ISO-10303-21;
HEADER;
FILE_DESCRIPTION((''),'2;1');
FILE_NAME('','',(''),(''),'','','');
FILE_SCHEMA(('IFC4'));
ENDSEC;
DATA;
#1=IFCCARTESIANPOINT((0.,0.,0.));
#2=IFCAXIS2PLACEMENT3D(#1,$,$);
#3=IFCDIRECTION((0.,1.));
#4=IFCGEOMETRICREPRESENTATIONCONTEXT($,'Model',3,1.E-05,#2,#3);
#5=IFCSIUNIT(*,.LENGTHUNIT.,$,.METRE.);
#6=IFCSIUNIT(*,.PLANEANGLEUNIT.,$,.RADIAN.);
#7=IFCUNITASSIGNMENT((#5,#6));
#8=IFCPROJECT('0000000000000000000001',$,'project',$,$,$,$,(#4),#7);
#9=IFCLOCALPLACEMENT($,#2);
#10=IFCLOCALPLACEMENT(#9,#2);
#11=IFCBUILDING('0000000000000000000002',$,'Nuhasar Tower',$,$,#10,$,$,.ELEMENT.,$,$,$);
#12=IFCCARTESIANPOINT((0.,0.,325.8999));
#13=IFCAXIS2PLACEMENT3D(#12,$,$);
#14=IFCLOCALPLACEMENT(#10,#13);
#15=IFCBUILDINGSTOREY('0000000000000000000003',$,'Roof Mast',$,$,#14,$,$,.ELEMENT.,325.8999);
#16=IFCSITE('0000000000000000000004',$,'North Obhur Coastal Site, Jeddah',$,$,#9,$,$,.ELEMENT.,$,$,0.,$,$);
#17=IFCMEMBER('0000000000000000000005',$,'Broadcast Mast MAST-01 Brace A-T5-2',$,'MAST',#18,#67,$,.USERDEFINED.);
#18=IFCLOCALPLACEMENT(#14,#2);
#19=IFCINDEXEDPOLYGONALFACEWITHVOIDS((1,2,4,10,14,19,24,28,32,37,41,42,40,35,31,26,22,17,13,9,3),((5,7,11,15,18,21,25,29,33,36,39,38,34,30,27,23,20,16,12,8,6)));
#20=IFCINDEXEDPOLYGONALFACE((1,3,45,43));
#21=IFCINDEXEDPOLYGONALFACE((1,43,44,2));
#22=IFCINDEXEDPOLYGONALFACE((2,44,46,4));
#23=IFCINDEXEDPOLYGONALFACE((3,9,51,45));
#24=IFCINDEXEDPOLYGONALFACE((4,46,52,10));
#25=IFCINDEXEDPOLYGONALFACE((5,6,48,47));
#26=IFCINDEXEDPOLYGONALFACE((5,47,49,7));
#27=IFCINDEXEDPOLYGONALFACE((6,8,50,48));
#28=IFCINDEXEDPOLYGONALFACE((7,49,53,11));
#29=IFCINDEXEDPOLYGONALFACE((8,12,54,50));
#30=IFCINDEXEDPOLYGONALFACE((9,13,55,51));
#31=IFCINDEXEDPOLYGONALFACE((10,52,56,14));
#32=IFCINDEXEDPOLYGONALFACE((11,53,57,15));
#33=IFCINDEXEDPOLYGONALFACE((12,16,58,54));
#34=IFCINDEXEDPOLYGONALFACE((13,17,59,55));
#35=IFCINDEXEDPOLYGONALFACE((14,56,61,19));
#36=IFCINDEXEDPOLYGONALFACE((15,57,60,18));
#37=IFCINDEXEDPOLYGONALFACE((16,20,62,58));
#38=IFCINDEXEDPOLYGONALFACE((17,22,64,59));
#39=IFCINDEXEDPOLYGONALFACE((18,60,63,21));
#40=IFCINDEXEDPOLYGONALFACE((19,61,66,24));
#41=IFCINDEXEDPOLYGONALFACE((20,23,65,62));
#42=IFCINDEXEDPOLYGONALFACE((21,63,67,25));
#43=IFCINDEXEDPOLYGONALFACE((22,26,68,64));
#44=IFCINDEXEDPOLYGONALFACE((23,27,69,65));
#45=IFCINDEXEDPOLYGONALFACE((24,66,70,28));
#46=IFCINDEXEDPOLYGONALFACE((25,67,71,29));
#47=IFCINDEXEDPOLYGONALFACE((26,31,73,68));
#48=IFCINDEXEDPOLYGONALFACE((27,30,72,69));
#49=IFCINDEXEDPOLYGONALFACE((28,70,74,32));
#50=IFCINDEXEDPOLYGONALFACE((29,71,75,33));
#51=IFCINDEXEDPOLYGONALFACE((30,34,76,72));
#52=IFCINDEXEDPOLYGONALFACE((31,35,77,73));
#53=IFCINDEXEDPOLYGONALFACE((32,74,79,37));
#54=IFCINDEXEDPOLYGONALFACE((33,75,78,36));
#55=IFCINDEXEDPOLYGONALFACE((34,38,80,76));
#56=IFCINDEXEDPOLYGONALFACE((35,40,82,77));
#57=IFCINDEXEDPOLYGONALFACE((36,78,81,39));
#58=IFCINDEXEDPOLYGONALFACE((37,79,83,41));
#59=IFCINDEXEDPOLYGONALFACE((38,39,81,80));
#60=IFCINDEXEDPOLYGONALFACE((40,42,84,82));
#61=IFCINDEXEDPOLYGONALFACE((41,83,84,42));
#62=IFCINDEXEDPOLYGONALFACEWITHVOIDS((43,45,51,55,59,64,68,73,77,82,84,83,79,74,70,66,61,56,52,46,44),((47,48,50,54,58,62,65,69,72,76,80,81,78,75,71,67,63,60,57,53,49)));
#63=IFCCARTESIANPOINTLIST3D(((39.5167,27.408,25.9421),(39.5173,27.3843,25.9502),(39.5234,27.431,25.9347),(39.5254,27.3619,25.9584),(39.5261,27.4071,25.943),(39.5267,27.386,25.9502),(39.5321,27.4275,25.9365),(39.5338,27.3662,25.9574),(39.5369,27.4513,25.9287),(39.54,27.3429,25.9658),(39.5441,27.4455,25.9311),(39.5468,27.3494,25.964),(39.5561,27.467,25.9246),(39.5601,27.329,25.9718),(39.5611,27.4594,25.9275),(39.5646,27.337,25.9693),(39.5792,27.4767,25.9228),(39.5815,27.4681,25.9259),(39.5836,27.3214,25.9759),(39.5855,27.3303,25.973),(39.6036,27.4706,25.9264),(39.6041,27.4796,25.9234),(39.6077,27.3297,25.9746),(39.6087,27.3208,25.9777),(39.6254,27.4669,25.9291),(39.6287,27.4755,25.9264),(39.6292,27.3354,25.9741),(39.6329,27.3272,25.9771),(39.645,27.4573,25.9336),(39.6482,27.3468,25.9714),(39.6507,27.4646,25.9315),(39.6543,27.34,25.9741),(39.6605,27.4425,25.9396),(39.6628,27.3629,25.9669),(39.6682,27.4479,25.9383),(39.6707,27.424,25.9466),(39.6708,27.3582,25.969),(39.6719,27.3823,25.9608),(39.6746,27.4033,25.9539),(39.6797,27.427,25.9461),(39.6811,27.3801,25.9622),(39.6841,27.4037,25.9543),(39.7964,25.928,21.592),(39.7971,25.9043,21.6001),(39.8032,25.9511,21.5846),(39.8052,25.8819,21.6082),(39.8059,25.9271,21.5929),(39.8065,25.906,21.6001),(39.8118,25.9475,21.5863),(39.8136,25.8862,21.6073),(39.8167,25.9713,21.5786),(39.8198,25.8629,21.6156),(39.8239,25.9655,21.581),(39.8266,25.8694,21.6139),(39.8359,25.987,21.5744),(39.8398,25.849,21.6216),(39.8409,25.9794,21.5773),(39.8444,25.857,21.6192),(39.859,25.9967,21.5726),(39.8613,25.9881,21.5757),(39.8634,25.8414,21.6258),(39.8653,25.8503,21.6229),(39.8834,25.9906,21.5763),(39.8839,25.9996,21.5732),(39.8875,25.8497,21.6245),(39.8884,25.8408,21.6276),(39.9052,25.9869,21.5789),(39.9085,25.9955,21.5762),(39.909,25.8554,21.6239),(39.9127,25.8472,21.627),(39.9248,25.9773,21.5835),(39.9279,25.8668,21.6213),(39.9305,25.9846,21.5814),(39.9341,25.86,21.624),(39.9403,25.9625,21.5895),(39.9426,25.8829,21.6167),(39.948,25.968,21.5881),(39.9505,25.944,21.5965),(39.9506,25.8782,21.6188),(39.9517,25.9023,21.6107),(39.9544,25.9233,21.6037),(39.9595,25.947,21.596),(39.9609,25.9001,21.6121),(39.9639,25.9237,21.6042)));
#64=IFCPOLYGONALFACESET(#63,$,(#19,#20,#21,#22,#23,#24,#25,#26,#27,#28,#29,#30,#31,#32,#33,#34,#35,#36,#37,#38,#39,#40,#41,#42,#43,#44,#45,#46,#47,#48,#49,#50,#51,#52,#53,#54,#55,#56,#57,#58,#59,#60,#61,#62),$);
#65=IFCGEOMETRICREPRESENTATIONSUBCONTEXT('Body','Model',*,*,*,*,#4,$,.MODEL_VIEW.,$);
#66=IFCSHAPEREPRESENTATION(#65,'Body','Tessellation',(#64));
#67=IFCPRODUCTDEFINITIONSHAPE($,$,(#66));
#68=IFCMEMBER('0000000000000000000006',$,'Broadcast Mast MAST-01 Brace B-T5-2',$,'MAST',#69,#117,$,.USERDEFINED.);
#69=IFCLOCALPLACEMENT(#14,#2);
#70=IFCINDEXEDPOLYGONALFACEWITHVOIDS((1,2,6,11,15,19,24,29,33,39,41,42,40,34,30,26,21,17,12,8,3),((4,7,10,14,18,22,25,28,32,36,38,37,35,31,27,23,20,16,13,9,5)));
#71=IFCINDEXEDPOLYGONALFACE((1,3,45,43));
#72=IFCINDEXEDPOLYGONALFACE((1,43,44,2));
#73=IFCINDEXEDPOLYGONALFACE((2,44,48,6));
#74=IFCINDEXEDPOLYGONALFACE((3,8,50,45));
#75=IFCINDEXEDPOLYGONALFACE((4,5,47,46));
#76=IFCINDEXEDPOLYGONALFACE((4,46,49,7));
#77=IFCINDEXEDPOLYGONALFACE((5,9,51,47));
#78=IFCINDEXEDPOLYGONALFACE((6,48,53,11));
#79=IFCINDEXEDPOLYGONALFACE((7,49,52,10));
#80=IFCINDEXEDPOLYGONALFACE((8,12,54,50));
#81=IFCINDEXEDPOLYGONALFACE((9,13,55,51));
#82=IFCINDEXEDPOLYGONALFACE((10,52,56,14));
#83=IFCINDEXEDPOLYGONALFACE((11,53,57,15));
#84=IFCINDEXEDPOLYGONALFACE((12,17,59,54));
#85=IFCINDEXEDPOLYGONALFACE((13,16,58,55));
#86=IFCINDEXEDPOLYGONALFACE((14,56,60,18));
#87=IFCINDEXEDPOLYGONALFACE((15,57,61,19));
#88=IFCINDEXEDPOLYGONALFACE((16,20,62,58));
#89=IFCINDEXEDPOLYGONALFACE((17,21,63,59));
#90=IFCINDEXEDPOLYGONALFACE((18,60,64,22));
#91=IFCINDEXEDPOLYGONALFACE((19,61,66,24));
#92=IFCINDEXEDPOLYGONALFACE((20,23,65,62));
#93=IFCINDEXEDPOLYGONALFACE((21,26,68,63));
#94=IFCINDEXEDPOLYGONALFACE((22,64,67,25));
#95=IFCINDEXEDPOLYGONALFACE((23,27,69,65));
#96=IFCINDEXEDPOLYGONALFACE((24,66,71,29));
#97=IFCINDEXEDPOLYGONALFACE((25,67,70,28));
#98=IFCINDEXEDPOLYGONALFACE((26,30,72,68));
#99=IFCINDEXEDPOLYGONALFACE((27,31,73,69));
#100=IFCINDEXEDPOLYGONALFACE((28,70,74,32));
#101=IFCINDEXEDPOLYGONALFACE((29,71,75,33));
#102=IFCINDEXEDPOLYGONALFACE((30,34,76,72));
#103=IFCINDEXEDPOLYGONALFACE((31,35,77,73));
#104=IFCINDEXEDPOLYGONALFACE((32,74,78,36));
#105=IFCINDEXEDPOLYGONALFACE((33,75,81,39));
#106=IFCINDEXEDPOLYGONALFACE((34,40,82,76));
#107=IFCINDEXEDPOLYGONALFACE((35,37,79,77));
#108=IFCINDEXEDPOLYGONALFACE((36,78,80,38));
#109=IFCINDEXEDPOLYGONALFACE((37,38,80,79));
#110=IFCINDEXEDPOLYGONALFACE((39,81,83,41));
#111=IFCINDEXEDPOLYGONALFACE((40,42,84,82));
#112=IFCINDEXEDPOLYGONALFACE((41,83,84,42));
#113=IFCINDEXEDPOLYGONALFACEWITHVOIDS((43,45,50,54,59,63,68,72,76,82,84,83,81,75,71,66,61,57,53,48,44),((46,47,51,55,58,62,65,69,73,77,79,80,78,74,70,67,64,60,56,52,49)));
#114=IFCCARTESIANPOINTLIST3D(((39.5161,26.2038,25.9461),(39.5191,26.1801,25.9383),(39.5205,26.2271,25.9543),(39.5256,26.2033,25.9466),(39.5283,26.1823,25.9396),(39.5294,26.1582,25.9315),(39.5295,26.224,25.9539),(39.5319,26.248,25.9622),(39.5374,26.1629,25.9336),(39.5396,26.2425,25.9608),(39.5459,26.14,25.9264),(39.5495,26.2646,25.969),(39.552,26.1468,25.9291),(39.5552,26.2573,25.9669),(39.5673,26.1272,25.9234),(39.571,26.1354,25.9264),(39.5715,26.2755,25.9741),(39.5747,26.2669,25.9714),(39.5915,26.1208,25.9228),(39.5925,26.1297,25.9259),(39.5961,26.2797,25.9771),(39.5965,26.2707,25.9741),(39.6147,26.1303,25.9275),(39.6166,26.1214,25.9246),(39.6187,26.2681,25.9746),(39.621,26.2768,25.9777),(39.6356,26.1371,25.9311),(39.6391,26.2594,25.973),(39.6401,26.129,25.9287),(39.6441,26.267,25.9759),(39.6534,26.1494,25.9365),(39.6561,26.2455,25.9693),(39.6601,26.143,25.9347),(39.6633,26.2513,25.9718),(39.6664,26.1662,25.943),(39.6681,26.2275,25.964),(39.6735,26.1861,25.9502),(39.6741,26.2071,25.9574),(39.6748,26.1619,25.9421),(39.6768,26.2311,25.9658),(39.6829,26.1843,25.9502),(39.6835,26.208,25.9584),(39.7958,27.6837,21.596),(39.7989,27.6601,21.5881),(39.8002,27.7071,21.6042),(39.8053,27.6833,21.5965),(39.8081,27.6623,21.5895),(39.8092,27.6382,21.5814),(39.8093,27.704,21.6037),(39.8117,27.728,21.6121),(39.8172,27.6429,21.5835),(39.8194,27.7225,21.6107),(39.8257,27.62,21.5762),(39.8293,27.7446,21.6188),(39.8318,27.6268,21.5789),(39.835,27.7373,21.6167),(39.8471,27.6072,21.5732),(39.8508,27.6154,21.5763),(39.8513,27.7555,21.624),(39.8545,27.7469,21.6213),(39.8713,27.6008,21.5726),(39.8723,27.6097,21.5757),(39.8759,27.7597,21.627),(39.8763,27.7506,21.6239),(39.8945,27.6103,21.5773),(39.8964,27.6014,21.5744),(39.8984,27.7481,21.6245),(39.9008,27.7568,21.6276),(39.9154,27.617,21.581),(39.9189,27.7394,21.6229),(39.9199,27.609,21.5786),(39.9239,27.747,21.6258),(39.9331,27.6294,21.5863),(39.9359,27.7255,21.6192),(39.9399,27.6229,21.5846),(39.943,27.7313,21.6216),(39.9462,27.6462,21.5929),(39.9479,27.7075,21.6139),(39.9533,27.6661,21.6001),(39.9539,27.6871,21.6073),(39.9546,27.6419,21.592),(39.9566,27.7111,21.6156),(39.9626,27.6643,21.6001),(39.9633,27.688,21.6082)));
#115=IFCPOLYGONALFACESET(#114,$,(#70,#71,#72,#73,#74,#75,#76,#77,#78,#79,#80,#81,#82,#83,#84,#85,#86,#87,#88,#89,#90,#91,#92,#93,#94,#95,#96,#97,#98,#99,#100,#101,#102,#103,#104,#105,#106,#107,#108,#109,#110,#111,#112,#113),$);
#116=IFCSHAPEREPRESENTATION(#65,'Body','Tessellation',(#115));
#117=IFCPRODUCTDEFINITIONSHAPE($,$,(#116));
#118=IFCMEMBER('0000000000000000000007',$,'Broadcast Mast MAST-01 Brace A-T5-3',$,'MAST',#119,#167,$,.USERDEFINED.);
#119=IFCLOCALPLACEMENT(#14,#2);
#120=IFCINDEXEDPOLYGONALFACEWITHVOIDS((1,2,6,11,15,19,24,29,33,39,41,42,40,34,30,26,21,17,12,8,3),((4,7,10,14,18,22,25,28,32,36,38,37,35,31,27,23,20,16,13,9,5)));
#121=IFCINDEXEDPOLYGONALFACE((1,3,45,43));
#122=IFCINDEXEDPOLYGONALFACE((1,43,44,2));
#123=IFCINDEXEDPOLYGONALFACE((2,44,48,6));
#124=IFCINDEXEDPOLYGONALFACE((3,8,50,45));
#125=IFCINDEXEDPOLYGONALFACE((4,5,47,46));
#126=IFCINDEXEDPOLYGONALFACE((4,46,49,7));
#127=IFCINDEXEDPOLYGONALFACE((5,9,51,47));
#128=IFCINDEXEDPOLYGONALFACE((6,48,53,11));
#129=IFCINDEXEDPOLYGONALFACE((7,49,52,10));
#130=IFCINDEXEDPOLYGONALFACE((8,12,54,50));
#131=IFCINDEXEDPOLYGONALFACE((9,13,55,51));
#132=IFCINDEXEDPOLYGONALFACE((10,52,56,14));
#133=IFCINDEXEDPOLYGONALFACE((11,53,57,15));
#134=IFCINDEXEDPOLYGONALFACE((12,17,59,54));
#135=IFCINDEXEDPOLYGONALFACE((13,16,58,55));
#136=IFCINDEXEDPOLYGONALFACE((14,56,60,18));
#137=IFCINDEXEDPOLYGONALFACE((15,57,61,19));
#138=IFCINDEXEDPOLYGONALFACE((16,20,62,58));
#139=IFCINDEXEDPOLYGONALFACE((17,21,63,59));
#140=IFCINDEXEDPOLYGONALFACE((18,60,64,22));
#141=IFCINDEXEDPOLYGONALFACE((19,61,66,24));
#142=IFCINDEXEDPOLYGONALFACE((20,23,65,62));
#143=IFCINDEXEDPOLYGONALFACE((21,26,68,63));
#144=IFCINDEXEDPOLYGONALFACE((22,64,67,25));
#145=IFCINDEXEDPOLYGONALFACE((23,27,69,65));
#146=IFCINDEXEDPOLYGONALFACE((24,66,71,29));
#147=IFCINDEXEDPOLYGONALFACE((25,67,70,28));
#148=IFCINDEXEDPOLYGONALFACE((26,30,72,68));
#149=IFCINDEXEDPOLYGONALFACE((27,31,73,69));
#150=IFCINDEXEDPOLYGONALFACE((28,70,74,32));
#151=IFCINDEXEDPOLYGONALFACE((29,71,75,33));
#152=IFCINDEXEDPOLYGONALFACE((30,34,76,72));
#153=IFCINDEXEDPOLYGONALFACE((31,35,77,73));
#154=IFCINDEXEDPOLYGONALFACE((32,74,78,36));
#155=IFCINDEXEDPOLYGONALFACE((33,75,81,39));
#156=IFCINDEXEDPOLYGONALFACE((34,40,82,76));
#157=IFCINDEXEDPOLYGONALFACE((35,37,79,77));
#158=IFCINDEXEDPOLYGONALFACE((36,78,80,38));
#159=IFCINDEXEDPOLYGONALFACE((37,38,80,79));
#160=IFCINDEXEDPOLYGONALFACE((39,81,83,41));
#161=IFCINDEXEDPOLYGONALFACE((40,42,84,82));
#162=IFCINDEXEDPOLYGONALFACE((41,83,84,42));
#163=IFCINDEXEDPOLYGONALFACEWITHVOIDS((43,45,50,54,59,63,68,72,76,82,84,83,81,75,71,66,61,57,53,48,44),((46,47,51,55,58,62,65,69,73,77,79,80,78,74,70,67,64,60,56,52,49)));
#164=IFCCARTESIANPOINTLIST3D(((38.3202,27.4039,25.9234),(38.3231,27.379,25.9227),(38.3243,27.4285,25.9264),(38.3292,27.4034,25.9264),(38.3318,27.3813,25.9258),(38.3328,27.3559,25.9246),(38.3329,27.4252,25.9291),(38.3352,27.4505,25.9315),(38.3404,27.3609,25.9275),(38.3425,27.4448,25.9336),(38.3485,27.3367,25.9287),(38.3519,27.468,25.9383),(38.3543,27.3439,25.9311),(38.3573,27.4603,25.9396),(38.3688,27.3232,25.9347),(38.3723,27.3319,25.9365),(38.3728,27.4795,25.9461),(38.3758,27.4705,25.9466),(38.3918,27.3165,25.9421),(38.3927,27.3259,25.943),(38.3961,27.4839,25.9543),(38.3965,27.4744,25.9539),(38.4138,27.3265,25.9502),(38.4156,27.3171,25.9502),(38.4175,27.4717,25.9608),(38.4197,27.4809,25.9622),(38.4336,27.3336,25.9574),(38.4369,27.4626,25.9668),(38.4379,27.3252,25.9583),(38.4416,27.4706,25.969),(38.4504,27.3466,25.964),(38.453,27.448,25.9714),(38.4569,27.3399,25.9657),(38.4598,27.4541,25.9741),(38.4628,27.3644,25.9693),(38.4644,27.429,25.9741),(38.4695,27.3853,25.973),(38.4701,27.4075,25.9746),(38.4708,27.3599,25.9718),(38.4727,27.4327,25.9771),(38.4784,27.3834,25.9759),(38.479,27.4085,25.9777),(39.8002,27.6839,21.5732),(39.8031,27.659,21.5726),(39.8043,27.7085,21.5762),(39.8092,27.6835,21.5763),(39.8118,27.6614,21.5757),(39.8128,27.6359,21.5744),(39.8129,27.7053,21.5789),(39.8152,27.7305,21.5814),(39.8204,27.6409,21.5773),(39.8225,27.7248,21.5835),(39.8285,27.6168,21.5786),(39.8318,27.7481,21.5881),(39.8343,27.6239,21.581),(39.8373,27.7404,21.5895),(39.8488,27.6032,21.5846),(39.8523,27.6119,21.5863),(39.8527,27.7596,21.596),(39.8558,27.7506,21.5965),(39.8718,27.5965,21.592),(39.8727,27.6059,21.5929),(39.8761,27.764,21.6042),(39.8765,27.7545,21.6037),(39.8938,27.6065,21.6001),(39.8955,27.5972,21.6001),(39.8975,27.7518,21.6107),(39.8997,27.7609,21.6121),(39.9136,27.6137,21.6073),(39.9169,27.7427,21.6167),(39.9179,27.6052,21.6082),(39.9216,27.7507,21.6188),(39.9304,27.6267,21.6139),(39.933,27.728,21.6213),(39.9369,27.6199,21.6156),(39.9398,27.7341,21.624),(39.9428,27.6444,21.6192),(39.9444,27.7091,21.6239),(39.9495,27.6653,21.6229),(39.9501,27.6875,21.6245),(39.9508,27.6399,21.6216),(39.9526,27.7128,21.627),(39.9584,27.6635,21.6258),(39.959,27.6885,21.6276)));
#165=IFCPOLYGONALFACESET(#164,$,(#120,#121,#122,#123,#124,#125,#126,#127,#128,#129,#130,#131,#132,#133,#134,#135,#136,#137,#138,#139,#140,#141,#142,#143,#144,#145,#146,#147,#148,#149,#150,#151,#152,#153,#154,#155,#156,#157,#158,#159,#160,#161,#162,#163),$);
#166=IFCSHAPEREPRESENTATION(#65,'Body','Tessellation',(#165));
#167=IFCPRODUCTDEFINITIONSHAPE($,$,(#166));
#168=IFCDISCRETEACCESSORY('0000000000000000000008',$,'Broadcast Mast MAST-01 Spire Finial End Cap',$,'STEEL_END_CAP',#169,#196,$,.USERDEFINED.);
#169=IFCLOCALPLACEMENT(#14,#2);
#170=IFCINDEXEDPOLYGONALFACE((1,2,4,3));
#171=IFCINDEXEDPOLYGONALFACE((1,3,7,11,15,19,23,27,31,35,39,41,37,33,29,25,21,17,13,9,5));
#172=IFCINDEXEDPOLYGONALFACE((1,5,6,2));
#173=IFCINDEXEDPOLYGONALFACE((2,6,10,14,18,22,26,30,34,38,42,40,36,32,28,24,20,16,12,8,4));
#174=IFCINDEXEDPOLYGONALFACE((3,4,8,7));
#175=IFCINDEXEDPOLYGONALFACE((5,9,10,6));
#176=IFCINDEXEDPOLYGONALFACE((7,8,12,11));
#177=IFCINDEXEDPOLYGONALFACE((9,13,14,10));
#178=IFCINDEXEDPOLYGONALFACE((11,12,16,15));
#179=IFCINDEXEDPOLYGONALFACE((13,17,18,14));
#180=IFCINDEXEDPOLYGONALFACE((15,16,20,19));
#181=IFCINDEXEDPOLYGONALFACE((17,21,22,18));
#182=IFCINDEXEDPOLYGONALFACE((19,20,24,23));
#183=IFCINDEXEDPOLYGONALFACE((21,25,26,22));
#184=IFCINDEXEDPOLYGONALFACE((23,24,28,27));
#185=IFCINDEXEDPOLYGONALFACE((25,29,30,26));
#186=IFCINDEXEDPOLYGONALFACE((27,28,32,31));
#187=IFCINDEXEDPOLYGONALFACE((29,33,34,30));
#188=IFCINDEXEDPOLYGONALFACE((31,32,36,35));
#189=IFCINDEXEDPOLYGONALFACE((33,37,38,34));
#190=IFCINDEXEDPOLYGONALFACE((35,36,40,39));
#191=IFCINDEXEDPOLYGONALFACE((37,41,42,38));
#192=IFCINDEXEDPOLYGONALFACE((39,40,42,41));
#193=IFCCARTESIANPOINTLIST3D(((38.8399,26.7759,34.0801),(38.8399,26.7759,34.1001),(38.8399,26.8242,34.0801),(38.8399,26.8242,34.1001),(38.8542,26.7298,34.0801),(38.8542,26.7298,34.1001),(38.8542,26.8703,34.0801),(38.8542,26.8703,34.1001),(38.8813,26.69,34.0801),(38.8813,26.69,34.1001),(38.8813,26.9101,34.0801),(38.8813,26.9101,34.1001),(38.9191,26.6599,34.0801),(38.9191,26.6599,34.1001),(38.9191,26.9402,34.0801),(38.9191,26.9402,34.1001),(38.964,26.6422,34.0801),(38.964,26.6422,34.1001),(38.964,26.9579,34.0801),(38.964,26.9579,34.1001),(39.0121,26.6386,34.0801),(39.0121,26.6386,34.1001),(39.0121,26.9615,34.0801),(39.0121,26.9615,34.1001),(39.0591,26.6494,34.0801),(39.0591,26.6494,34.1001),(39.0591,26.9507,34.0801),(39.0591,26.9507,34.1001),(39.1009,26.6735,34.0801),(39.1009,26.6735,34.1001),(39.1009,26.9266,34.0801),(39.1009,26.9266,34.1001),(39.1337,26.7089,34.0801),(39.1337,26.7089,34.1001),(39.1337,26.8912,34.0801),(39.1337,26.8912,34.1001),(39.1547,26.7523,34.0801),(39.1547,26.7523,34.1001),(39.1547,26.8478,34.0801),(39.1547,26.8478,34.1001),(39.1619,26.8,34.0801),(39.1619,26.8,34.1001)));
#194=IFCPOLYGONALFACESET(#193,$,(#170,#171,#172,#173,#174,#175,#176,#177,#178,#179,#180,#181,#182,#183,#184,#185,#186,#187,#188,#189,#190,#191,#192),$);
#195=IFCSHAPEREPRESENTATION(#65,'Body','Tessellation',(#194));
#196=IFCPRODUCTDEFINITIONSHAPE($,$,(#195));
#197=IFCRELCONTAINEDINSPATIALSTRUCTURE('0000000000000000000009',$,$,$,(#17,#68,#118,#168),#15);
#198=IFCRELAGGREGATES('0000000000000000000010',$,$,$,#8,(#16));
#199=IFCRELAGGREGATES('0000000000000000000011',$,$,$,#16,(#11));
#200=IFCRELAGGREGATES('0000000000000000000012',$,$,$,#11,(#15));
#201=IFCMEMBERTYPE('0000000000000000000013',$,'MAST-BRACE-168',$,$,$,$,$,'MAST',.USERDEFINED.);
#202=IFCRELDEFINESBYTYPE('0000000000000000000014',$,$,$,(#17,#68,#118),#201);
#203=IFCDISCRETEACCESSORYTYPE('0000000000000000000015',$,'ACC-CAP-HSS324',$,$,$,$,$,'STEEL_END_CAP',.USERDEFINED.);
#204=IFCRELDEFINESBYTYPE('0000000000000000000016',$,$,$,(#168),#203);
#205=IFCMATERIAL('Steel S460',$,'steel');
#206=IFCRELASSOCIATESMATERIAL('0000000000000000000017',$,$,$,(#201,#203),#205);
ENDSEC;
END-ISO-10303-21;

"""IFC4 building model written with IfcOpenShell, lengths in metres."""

from ifc_helpers import new_model, si_unit, direction, frame, origin, origin_2d, place, context, subcontext, project, spatial, circle, hollow_circle, extrude, material, material_profile, profile_set, type_object, element, save


model = new_model("IFC4")

# Units and contexts
model_context = context("Model", 3, precision=1e-05, world=origin(), true_north=direction((0.0, 1.0)))
body_context = subcontext(model_context, "Body", "Model", "MODEL_VIEW")
ifc_project = project(units=[si_unit("LENGTHUNIT", "METRE"), si_unit("PLANEANGLEUNIT", "RADIAN")], contexts=[model_context])

# Site, building, storey
site_placement = place(None, origin())
site = spatial("IfcSite", under=ifc_project, at=site_placement, Name="North Obhur Coastal Site, Jeddah", CompositionType="ELEMENT", RefElevation=0.0)
building_placement = place(site_placement, origin())
building = spatial("IfcBuilding", under=site, at=building_placement, Name="Nuhasar Tower", CompositionType="ELEMENT")
storey_placement = place(building_placement, frame((0.0, 0.0, 325.8999)))
storey = spatial("IfcBuildingStorey", under=building, at=storey_placement, Name="Roof Mast", CompositionType="ELEMENT", Elevation=325.8999)

# Shared definitions
ifc_material = material(Name="Steel S460", Category="steel")

# Members
ifc_material_profile_1 = material_profile(ifc_material, hollow_circle(Radius=0.0842, WallThickness=0.0095, at=origin_2d()), Name="HSS168.3X9.5")
ifc_profile_set_1 = profile_set([ifc_material_profile_1], Name="Steel S460")
member_type = type_object("IfcMemberType", Name="MAST-BRACE-168", ElementType="MAST", PredefinedType="USERDEFINED", material=ifc_profile_set_1)
for number, where, z_axis, x_axis, name in (
    (1, (39.8799, 25.9199, 21.6001), (-0.060777, 0.321492, 0.94496), (-0.982596, -0.185756, 0.0), "Broadcast Mast MAST-01 Brace A-T5-2"),
    (2, (39.8799, 27.6799, 21.6001), (-0.060777, -0.321492, 0.94496), (0.982596, -0.185756, 0.0), "Broadcast Mast MAST-01 Brace B-T5-2"),
    (3, (39.8799, 27.6799, 21.6001), (-0.321491, -0.06083, 0.944957), (0.185913, -0.982566, 0.0), "Broadcast Mast MAST-01 Brace A-T5-3"),
):
    element("IfcMember", number, at=place(storey_placement, frame(where, z_axis=z_axis, x_axis=x_axis)), inside=storey, type_object=member_type, Name=name, ObjectType="MAST", PredefinedType="USERDEFINED", context=body_context, shape_type="SweptSolid", body=[
        extrude(hollow_circle(Radius=0.0842, WallThickness=0.0095, at=origin_2d()), origin(), (0.0, 0.0, 1.0), 4.6035),
    ])

# Discrete accessory
discrete_accessory_type = type_object("IfcDiscreteAccessoryType", Name="ACC-CAP-HSS324", ElementType="STEEL_END_CAP", PredefinedType="USERDEFINED", material=ifc_material)
discrete_accessory_placement = place(storey_placement, frame((39.0, 26.8, 34.0801), z_axis=(0.0, 0.0, 1.0), x_axis=(1.0, 0.0, 0.0)))
element("IfcDiscreteAccessory", 4, at=discrete_accessory_placement, inside=storey, type_object=discrete_accessory_type, Name="Broadcast Mast MAST-01 Spire Finial End Cap", ObjectType="STEEL_END_CAP", PredefinedType="USERDEFINED", context=body_context, shape_type="SweptSolid", body=[
    extrude(circle(Radius=0.1619, at=origin_2d()), origin(), (0.0, 0.0, 1.0), 0.02),
])

save(model, "model.ifc")
